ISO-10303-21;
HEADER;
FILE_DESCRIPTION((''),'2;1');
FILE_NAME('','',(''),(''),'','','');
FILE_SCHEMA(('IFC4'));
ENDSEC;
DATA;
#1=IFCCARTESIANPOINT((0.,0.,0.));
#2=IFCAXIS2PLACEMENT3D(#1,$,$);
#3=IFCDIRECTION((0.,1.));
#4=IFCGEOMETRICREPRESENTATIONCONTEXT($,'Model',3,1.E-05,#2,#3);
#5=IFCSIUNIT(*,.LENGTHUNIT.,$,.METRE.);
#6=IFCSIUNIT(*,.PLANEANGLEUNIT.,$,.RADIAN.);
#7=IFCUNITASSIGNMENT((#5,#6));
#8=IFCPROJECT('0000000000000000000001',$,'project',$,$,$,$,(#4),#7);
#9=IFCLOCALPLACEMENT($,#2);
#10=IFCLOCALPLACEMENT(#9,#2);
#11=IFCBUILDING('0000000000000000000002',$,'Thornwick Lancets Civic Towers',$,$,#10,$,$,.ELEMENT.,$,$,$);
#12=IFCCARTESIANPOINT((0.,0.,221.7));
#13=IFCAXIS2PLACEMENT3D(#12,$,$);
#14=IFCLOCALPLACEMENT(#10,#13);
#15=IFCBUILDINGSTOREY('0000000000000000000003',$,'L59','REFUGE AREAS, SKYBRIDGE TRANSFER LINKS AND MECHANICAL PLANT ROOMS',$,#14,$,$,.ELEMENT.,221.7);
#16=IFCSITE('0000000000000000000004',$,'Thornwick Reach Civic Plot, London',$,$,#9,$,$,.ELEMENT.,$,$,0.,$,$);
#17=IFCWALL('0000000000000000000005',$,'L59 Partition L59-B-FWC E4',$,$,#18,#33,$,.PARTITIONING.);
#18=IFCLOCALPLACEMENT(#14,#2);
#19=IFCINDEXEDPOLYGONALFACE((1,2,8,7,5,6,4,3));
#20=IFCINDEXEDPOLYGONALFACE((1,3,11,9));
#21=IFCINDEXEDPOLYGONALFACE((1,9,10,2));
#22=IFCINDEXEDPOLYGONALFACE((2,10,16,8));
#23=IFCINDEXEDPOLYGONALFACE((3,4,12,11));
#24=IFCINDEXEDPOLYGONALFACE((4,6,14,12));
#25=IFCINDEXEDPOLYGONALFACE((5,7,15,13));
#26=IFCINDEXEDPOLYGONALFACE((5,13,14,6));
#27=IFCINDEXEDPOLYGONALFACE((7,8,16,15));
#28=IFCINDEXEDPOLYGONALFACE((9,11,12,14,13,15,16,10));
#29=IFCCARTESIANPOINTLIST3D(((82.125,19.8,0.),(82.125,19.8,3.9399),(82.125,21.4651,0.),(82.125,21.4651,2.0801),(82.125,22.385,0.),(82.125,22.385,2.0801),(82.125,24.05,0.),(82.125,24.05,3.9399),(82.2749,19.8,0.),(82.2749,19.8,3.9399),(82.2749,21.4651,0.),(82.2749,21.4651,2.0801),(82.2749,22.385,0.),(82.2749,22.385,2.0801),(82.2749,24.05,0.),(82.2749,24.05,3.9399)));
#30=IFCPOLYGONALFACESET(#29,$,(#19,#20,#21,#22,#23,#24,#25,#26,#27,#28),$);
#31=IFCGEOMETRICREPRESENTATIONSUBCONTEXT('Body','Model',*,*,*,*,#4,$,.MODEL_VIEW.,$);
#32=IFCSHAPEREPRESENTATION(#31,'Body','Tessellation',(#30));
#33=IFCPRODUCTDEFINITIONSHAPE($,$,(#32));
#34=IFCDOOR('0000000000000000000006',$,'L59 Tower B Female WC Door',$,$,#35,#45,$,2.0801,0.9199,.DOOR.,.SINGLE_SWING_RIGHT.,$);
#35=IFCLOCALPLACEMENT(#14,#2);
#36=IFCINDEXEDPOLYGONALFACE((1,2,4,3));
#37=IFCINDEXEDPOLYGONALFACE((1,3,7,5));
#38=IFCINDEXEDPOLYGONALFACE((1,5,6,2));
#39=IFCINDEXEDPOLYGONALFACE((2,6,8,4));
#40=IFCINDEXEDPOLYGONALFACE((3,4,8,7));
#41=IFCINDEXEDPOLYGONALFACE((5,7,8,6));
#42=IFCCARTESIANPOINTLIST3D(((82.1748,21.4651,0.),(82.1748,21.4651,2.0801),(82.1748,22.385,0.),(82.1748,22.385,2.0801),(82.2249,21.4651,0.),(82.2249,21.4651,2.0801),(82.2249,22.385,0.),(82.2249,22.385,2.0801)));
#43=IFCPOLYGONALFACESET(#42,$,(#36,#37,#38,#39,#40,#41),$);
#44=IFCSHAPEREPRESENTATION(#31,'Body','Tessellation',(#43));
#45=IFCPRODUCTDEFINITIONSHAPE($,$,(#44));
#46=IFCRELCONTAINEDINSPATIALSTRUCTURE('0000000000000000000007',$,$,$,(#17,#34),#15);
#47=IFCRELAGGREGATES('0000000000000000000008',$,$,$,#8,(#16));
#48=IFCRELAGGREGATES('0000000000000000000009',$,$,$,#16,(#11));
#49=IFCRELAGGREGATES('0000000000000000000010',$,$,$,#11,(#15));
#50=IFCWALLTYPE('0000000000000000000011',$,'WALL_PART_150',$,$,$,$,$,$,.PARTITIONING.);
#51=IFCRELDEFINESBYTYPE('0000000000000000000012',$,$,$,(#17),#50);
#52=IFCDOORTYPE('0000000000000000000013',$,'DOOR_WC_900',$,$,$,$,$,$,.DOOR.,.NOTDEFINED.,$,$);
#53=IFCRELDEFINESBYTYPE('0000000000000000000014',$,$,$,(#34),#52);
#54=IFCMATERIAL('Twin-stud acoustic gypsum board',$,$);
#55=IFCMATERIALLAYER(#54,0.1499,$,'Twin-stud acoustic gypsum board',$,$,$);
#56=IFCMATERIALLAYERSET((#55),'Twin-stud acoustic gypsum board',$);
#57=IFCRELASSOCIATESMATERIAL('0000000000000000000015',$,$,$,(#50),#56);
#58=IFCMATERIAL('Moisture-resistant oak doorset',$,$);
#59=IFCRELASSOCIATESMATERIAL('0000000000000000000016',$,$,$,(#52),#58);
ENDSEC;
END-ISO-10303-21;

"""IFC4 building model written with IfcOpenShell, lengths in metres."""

from ifc_helpers import new_model, si_unit, direction, frame, frame_2d, origin, place, context, subcontext, project, spatial, rectangle, extrude, material, layer, layer_set, type_object, element, fill, save


model = new_model("IFC4")

# Units and contexts
model_context = context("Model", 3, precision=1e-05, world=origin(), true_north=direction((0.0, 1.0)))
body_context = subcontext(model_context, "Body", "Model", "MODEL_VIEW")
ifc_project = project(units=[si_unit("LENGTHUNIT", "METRE"), si_unit("PLANEANGLEUNIT", "RADIAN")], contexts=[model_context])

# Site, building, storey
site_placement = place(None, origin())
site = spatial("IfcSite", under=ifc_project, at=site_placement, Name="Thornwick Reach Civic Plot, London", CompositionType="ELEMENT", RefElevation=0.0)
building_placement = place(site_placement, origin())
building = spatial("IfcBuilding", under=site, at=building_placement, Name="Thornwick Lancets Civic Towers", CompositionType="ELEMENT")
storey_placement = place(building_placement, frame((0.0, 0.0, 221.7)))
storey = spatial("IfcBuildingStorey", under=building, at=storey_placement, Name="L59", Description="REFUGE AREAS, SKYBRIDGE TRANSFER LINKS AND MECHANICAL PLANT ROOMS", CompositionType="ELEMENT", Elevation=221.7)

# Shared definitions
ifc_material_1 = material(Name="Twin-stud acoustic gypsum board")
ifc_layer_1 = layer(ifc_material_1, 0.1499, Name="Twin-stud acoustic gypsum board")
ifc_layer_set_1 = layer_set([ifc_layer_1], Name="Twin-stud acoustic gypsum board")
wall_type_1 = type_object("IfcWallType", Name="WALL_PART_150", PredefinedType="PARTITIONING", material=ifc_layer_set_1)

# Wall, opening, door
ifc_material_2 = material(Name="Moisture-resistant oak doorset")
door_type_1 = type_object("IfcDoorType", Name="DOOR_WC_900", OperationType="NOTDEFINED", PredefinedType="DOOR", material=ifc_material_2)
wall_1_placement = place(storey_placement, frame((82.2, 24.05, 0.0), z_axis=(0.0, 0.0, 1.0), x_axis=(0.0, -1.0, 0.0)))
wall_1 = element("IfcWall", 1, at=wall_1_placement, inside=storey, type_object=wall_type_1, Name="L59 Partition L59-B-FWC E4", PredefinedType="PARTITIONING", context=body_context, shape_type="SweptSolid", body=[
    extrude(rectangle(XDim=4.25, YDim=0.1499, at=frame_2d((2.125, 0.0))), origin(), (0.0, 0.0, 1.0), 3.9399),
])
opening_1_placement = place(wall_1_placement, frame((1.665, 0.0, 0.0)))
opening_1 = element("IfcOpeningElement", 2, at=opening_1_placement, cuts=wall_1, PredefinedType="OPENING", context=body_context, shape_type="SweptSolid", body=[
    extrude(rectangle(XDim=0.9199, YDim=2.0801, at=frame_2d((0.46, 1.04))), frame((0.0, 0.085, 0.0), z_axis=(0.0, -1.0, 0.0), x_axis=(1.0, 0.0, 0.0)), (0.0, 0.0, 1.0), 0.1699),
])
door_1_placement = place(opening_1_placement, origin())
door_1 = element("IfcDoor", 3, at=door_1_placement, inside=storey, type_object=door_type_1, Name="L59 Tower B Female WC Door", OperationType="SINGLE_SWING_RIGHT", OverallHeight=2.0801, OverallWidth=0.9199, PredefinedType="DOOR", context=body_context, shape_type="SweptSolid", body=[
    extrude(rectangle(XDim=0.9199, YDim=2.0801, at=frame_2d((0.46, 1.04))), frame((0.0, 0.0249, 0.0), z_axis=(0.0, -1.0, 0.0), x_axis=(1.0, 0.0, 0.0)), (0.0, 0.0, 1.0), 0.05),
])
fill(opening_1, door_1)

save(model, "model.ifc")
